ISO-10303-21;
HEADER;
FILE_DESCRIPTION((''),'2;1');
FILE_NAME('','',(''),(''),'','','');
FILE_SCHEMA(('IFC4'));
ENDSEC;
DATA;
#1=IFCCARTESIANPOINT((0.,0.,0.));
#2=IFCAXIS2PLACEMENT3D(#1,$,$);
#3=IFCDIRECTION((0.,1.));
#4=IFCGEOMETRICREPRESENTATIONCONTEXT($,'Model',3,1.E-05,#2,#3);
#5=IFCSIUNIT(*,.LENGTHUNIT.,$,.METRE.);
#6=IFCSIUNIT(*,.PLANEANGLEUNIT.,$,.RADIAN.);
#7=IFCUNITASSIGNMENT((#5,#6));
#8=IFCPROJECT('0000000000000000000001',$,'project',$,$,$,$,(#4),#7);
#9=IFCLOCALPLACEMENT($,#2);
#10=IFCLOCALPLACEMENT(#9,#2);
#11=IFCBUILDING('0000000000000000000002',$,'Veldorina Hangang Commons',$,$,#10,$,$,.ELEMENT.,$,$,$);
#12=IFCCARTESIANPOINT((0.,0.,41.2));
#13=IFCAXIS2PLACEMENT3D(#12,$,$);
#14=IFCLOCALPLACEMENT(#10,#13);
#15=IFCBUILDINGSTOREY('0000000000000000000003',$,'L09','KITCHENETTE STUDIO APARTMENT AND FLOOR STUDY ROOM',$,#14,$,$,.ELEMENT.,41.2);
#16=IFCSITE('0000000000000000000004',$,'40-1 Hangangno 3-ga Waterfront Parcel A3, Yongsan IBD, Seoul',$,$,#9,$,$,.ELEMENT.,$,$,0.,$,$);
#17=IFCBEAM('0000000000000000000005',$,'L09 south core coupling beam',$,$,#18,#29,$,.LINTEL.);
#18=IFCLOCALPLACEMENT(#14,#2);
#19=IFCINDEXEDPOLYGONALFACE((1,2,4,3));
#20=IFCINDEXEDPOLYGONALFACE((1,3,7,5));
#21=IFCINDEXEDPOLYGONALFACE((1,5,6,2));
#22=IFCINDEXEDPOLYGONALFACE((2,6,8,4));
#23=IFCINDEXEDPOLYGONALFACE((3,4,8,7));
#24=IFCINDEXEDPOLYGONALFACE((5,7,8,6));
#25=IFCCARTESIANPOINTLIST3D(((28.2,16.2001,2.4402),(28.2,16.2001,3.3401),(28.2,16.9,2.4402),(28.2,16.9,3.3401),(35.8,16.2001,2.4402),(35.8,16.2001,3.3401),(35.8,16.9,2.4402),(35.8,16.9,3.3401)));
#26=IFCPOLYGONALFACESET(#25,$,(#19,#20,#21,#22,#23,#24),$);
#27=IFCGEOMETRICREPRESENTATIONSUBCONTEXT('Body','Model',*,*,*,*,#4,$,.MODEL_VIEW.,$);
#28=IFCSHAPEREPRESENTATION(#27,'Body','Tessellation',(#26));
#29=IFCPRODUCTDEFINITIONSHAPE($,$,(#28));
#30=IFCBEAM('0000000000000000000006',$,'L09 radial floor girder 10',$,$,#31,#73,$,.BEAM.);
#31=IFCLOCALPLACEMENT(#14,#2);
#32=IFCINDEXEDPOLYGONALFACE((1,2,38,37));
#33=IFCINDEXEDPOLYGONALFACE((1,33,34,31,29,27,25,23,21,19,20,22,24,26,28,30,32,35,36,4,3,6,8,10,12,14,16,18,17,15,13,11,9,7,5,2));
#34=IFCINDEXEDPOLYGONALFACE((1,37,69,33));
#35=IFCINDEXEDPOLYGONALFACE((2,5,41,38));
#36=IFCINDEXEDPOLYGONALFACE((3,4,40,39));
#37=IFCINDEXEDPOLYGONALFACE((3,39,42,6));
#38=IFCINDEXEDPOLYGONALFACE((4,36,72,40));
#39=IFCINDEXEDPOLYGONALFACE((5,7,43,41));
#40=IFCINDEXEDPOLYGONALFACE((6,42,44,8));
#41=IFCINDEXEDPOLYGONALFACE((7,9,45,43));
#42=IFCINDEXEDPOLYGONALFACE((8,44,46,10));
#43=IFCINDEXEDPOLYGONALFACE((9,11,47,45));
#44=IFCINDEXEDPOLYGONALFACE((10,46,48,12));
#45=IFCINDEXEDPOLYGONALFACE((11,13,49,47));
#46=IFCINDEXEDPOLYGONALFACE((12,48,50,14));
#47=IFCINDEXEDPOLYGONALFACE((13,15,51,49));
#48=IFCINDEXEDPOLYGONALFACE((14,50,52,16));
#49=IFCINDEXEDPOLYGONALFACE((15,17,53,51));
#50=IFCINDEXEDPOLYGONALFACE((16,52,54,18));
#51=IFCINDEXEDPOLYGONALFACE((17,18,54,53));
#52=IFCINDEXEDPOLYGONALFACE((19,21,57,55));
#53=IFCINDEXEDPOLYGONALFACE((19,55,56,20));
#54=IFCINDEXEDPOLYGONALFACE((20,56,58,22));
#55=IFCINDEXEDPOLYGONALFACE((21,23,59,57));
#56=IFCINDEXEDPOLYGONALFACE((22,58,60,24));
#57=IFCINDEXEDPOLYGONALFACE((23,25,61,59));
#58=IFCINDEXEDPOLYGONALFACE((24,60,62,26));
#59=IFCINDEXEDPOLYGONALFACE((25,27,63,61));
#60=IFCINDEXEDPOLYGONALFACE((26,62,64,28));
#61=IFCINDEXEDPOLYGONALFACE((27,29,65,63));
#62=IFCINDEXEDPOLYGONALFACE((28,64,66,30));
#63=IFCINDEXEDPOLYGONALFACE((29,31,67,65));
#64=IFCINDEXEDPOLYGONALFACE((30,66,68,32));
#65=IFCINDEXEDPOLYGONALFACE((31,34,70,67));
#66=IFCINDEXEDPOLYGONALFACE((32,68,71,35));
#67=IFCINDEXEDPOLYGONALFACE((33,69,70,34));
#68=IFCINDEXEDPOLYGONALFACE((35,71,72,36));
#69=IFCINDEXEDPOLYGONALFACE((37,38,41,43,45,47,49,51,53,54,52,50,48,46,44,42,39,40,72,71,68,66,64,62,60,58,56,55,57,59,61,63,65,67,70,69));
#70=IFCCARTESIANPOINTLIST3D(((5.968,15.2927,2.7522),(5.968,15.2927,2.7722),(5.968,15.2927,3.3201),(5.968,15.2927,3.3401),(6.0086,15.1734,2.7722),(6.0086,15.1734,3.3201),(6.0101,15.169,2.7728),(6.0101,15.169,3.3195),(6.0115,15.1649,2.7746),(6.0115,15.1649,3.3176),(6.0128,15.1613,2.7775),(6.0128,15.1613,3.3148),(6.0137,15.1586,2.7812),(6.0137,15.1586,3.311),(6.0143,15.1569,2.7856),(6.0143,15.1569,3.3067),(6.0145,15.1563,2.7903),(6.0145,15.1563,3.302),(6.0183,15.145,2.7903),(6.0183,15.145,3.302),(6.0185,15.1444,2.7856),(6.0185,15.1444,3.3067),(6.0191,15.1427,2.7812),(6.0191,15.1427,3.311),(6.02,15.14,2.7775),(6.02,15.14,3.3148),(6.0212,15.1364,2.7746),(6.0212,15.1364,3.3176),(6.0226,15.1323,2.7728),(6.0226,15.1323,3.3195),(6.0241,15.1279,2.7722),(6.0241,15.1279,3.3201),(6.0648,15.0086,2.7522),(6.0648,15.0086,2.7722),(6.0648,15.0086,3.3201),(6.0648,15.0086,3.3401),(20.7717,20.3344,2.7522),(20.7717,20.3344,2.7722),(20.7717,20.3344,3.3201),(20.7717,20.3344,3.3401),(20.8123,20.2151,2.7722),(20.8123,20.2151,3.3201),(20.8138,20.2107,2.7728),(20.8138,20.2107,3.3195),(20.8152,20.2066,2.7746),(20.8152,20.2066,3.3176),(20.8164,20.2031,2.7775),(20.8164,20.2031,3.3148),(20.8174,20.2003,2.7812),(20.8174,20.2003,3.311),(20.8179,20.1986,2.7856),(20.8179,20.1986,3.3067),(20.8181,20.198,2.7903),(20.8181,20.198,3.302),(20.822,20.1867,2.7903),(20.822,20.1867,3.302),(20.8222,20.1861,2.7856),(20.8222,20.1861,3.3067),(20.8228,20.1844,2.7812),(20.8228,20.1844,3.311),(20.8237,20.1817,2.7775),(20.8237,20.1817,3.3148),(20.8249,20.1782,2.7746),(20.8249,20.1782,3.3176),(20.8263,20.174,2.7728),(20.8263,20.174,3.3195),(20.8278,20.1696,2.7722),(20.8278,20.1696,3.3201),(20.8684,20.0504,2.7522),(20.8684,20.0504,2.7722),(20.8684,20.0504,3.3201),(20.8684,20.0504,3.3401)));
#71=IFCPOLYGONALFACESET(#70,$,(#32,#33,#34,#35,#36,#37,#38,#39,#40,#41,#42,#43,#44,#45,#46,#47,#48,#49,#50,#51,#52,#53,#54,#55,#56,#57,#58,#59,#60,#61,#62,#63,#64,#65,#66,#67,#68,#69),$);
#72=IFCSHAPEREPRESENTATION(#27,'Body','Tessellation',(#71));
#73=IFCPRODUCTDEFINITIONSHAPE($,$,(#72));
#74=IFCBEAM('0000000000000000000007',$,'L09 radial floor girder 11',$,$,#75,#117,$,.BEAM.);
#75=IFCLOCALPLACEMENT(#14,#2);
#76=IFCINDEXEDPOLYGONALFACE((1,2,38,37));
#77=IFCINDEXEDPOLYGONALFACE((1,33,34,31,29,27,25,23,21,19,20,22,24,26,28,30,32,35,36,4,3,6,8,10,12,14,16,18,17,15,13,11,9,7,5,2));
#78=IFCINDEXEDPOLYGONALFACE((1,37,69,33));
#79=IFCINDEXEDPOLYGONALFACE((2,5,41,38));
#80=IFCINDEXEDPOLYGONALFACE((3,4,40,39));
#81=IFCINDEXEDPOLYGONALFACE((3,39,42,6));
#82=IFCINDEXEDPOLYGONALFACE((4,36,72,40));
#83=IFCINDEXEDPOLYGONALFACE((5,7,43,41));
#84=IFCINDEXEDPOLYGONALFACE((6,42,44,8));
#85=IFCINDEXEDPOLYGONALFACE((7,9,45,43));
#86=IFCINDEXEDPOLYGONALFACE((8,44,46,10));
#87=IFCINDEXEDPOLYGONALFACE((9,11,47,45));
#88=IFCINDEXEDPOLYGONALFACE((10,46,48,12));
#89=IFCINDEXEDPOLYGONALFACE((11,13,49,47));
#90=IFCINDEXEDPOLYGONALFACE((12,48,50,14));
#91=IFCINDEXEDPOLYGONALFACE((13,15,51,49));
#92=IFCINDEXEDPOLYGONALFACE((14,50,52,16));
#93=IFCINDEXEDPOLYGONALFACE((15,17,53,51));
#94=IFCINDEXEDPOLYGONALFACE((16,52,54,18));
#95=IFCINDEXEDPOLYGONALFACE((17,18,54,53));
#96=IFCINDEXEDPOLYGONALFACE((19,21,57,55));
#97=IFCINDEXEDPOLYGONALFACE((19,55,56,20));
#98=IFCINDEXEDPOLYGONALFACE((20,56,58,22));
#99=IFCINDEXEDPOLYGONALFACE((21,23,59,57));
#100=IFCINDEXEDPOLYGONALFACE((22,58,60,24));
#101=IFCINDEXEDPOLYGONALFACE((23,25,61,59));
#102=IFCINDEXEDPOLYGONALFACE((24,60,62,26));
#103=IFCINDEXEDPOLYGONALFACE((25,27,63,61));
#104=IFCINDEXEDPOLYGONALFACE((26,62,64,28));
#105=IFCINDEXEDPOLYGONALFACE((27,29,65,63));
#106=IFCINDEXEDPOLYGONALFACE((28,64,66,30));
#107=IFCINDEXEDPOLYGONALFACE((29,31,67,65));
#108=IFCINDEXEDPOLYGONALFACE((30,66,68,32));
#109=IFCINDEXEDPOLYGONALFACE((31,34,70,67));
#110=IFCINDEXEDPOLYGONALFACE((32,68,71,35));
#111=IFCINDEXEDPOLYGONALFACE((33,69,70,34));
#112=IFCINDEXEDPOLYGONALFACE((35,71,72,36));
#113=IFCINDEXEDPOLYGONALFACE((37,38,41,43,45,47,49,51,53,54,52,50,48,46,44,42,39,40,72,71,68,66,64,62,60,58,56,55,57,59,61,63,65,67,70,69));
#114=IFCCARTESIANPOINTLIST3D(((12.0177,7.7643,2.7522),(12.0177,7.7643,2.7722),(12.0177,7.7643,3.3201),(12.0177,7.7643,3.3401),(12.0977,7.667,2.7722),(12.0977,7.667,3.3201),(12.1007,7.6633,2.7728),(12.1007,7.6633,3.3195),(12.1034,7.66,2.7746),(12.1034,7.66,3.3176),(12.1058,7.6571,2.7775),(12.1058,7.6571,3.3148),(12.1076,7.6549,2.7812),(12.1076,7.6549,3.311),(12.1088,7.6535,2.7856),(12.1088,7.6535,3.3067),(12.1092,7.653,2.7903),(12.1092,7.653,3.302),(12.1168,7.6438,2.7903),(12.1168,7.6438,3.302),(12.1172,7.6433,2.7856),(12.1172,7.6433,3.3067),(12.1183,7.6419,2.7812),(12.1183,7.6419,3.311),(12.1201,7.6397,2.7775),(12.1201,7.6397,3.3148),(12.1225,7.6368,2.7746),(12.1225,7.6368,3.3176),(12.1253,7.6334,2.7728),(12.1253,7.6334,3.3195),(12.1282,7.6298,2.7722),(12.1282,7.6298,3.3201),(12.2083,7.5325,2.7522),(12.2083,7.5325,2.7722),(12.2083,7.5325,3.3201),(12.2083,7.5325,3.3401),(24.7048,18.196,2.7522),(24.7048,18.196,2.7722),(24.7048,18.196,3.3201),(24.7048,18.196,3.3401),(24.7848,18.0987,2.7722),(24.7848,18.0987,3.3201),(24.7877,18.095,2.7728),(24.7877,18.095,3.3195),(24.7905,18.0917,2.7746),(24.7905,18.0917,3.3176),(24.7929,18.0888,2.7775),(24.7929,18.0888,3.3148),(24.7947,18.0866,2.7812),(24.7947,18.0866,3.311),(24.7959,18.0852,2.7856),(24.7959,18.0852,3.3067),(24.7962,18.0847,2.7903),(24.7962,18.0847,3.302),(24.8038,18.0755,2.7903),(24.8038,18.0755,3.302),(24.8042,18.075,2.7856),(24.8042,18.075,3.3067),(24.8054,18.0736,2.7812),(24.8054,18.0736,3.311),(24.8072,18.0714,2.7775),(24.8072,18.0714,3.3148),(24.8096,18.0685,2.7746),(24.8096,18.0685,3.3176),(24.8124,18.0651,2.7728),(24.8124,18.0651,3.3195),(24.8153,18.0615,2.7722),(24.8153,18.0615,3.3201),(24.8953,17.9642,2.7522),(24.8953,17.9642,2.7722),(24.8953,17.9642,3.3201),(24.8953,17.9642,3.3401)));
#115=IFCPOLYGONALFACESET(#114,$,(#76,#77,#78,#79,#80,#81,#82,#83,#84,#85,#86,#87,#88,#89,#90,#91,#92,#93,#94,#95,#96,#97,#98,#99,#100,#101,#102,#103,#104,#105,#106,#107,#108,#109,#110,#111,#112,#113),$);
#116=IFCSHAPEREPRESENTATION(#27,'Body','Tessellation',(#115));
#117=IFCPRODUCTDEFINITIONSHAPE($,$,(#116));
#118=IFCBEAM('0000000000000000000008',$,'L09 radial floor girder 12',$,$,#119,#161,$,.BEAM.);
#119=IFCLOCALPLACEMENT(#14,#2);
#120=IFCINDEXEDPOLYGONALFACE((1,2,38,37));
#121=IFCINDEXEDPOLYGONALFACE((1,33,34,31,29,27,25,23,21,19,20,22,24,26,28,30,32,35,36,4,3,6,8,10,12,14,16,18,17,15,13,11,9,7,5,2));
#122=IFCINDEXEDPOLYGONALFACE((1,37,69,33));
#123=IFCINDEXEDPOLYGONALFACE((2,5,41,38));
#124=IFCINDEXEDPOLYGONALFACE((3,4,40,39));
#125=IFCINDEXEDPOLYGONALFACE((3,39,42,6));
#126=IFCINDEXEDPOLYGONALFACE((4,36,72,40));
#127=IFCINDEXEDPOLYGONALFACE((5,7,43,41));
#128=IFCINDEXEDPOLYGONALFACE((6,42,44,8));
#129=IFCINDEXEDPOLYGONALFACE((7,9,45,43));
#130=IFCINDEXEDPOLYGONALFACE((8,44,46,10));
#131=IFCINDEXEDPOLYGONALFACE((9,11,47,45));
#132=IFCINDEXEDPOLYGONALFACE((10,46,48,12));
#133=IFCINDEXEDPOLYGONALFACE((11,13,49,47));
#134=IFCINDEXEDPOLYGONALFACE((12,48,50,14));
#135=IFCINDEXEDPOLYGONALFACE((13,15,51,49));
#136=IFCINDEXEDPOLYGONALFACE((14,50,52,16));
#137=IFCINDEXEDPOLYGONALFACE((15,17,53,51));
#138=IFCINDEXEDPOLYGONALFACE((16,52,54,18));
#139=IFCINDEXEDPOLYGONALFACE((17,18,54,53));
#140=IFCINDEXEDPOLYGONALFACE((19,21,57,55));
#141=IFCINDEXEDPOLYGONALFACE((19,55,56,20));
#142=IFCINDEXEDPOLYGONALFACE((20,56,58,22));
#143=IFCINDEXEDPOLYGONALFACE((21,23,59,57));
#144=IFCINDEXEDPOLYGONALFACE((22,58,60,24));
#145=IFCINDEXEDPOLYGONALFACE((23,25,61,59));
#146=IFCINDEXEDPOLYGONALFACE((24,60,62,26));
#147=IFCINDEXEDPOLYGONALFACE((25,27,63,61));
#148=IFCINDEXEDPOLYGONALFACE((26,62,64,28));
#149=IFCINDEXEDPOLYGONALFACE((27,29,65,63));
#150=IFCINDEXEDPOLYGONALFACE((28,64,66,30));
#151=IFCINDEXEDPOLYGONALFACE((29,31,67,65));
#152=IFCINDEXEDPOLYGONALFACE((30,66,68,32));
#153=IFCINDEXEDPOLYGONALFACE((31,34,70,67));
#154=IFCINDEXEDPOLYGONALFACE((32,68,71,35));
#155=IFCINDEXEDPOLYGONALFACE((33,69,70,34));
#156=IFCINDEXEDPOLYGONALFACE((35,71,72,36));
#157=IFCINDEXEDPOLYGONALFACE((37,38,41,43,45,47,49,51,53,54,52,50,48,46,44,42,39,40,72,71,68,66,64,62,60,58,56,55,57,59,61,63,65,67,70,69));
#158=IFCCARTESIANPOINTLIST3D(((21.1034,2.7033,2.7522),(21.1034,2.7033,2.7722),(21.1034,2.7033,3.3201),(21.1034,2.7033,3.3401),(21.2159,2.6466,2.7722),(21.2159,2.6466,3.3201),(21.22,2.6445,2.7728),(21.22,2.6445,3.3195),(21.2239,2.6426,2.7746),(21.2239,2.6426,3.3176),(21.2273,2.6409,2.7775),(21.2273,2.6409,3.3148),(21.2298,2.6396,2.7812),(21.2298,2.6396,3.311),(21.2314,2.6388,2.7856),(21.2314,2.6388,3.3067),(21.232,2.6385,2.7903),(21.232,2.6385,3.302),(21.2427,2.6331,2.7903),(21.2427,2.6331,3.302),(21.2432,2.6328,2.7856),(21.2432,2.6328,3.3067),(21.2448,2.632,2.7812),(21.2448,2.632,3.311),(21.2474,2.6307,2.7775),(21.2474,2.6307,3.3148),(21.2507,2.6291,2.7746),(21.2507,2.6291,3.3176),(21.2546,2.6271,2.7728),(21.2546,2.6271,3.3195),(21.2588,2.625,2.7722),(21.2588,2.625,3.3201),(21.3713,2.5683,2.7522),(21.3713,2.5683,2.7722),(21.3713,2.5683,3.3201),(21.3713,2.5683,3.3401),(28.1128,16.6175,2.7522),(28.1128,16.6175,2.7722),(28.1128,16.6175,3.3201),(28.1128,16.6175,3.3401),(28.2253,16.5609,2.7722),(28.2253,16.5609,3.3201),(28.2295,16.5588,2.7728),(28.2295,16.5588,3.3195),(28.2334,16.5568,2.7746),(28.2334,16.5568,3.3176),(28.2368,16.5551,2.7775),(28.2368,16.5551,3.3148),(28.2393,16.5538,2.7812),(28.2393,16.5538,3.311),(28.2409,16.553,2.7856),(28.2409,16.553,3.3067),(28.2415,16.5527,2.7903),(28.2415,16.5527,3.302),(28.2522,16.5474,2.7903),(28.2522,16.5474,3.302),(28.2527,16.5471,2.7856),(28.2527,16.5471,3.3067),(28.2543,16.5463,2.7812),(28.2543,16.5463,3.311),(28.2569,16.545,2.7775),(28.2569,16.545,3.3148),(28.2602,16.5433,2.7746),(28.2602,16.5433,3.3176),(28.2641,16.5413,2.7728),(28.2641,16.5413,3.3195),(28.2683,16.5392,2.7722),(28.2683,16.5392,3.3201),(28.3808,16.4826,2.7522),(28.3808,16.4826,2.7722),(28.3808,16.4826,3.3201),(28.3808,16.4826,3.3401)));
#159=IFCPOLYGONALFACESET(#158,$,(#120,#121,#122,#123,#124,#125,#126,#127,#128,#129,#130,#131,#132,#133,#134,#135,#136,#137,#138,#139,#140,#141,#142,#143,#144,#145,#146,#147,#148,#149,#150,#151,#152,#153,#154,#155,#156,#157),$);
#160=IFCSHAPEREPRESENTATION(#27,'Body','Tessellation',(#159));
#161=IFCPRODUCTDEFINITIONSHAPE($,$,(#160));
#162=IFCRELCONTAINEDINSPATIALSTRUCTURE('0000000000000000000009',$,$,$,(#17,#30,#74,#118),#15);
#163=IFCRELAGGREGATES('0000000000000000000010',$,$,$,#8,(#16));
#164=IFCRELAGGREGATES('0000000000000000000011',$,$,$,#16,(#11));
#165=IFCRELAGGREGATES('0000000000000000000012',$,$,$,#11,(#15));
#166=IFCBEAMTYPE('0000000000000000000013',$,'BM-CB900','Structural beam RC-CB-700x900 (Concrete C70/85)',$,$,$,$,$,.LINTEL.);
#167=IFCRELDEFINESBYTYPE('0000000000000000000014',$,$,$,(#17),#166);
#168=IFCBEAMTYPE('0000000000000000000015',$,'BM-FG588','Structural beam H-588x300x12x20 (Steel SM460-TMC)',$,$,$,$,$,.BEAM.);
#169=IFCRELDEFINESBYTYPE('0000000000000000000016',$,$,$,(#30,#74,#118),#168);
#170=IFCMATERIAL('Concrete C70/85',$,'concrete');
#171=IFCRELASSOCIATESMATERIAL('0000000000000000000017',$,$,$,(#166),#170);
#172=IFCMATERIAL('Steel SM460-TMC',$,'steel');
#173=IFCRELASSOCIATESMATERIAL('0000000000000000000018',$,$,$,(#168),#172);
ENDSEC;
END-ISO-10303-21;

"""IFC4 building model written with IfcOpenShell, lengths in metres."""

from ifc_helpers import new_model, si_unit, direction, frame, origin, origin_2d, place, context, subcontext, project, spatial, rectangle, i_section, extrude, material, material_profile, profile_set, type_object, element, save


model = new_model("IFC4")

# Units and contexts
model_context = context("Model", 3, precision=1e-05, world=origin(), true_north=direction((0.0, 1.0)))
body_context = subcontext(model_context, "Body", "Model", "MODEL_VIEW")
ifc_project = project(units=[si_unit("LENGTHUNIT", "METRE"), si_unit("PLANEANGLEUNIT", "RADIAN")], contexts=[model_context])

# Site, building, storey
site_placement = place(None, origin())
site = spatial("IfcSite", under=ifc_project, at=site_placement, Name="40-1 Hangangno 3-ga Waterfront Parcel A3, Yongsan IBD, Seoul", CompositionType="ELEMENT", RefElevation=0.0)
building_placement = place(site_placement, origin())
building = spatial("IfcBuilding", under=site, at=building_placement, Name="Veldorina Hangang Commons", CompositionType="ELEMENT")
storey_placement = place(building_placement, frame((0.0, 0.0, 41.2)))
storey = spatial("IfcBuildingStorey", under=building, at=storey_placement, Name="L09", Description="KITCHENETTE STUDIO APARTMENT AND FLOOR STUDY ROOM", CompositionType="ELEMENT", Elevation=41.2)

# Beams
ifc_material_1 = material(Name="Concrete C70/85", Category="concrete")
ifc_material_profile_1 = material_profile(ifc_material_1, rectangle(XDim=0.7, YDim=0.8999, at=origin_2d()), Name="RC-CB-700x900")
ifc_profile_set_1 = profile_set([ifc_material_profile_1], Name="Concrete C70/85")
beam_type_1 = type_object("IfcBeamType", Name="BM-CB900", Description="Structural beam RC-CB-700x900 (Concrete C70/85)", PredefinedType="LINTEL", material=ifc_profile_set_1)
beam_1_placement = place(storey_placement, frame((28.2, 16.55, 2.8901), z_axis=(1.0, 0.0, 0.0), x_axis=(0.0, 1.0, 0.0)))
element("IfcBeam", 1, at=beam_1_placement, inside=storey, type_object=beam_type_1, Name="L09 south core coupling beam", PredefinedType="LINTEL", context=body_context, shape_type="SweptSolid", body=[
    extrude(rectangle(XDim=0.7, YDim=0.8999, at=origin_2d()), origin(), (0.0, 0.0, 1.0), 7.6001),
])
ifc_material_2 = material(Name="Steel SM460-TMC", Category="steel")
ifc_material_profile_2 = material_profile(ifc_material_2, i_section(OverallWidth=0.3, OverallDepth=0.5879, WebThickness=0.012, FlangeThickness=0.02, FilletRadius=0.0181, at=origin_2d()), Name="H-588x300x12x20")
ifc_profile_set_2 = profile_set([ifc_material_profile_2], Name="Steel SM460-TMC")
beam_type_2 = type_object("IfcBeamType", Name="BM-FG588", Description="Structural beam H-588x300x12x20 (Steel SM460-TMC)", PredefinedType="BEAM", material=ifc_profile_set_2)
beam_2_placement = place(storey_placement, frame((20.8201, 20.1924, 3.0461), z_axis=(-0.946607, -0.322389, 0.0), x_axis=(0.322389, -0.946607, 0.0)))
element("IfcBeam", 2, at=beam_2_placement, inside=storey, type_object=beam_type_2, Name="L09 radial floor girder 10", PredefinedType="BEAM", context=body_context, shape_type="SweptSolid", body=[
    extrude(i_section(OverallWidth=0.3, OverallDepth=0.5879, WebThickness=0.012, FlangeThickness=0.02, FilletRadius=0.0181, at=origin_2d()), origin(), (0.0, 0.0, 1.0), 15.6387),
])
beam_3_placement = place(storey_placement, frame((24.8, 18.0801, 3.0461), z_axis=(-0.772423, -0.635109, 0.0), x_axis=(0.635109, -0.772423, 0.0)))
element("IfcBeam", 3, at=beam_3_placement, inside=storey, type_object=beam_type_2, Name="L09 radial floor girder 11", PredefinedType="BEAM", context=body_context, shape_type="SweptSolid", body=[
    extrude(i_section(OverallWidth=0.3, OverallDepth=0.5879, WebThickness=0.012, FlangeThickness=0.02, FilletRadius=0.0181, at=origin_2d()), origin(), (0.0, 0.0, 1.0), 16.425),
])
beam_4_placement = place(storey_placement, frame((28.2468, 16.55, 3.0461), z_axis=(-0.449901, -0.893079, 0.0), x_axis=(0.893079, -0.449901, 0.0)))
element("IfcBeam", 4, at=beam_4_placement, inside=storey, type_object=beam_type_2, Name="L09 radial floor girder 12", PredefinedType="BEAM", context=body_context, shape_type="SweptSolid", body=[
    extrude(i_section(OverallWidth=0.3, OverallDepth=0.5879, WebThickness=0.012, FlangeThickness=0.02, FilletRadius=0.0181, at=origin_2d()), origin(), (0.0, 0.0, 1.0), 15.5801),
])

save(model, "model.ifc")
